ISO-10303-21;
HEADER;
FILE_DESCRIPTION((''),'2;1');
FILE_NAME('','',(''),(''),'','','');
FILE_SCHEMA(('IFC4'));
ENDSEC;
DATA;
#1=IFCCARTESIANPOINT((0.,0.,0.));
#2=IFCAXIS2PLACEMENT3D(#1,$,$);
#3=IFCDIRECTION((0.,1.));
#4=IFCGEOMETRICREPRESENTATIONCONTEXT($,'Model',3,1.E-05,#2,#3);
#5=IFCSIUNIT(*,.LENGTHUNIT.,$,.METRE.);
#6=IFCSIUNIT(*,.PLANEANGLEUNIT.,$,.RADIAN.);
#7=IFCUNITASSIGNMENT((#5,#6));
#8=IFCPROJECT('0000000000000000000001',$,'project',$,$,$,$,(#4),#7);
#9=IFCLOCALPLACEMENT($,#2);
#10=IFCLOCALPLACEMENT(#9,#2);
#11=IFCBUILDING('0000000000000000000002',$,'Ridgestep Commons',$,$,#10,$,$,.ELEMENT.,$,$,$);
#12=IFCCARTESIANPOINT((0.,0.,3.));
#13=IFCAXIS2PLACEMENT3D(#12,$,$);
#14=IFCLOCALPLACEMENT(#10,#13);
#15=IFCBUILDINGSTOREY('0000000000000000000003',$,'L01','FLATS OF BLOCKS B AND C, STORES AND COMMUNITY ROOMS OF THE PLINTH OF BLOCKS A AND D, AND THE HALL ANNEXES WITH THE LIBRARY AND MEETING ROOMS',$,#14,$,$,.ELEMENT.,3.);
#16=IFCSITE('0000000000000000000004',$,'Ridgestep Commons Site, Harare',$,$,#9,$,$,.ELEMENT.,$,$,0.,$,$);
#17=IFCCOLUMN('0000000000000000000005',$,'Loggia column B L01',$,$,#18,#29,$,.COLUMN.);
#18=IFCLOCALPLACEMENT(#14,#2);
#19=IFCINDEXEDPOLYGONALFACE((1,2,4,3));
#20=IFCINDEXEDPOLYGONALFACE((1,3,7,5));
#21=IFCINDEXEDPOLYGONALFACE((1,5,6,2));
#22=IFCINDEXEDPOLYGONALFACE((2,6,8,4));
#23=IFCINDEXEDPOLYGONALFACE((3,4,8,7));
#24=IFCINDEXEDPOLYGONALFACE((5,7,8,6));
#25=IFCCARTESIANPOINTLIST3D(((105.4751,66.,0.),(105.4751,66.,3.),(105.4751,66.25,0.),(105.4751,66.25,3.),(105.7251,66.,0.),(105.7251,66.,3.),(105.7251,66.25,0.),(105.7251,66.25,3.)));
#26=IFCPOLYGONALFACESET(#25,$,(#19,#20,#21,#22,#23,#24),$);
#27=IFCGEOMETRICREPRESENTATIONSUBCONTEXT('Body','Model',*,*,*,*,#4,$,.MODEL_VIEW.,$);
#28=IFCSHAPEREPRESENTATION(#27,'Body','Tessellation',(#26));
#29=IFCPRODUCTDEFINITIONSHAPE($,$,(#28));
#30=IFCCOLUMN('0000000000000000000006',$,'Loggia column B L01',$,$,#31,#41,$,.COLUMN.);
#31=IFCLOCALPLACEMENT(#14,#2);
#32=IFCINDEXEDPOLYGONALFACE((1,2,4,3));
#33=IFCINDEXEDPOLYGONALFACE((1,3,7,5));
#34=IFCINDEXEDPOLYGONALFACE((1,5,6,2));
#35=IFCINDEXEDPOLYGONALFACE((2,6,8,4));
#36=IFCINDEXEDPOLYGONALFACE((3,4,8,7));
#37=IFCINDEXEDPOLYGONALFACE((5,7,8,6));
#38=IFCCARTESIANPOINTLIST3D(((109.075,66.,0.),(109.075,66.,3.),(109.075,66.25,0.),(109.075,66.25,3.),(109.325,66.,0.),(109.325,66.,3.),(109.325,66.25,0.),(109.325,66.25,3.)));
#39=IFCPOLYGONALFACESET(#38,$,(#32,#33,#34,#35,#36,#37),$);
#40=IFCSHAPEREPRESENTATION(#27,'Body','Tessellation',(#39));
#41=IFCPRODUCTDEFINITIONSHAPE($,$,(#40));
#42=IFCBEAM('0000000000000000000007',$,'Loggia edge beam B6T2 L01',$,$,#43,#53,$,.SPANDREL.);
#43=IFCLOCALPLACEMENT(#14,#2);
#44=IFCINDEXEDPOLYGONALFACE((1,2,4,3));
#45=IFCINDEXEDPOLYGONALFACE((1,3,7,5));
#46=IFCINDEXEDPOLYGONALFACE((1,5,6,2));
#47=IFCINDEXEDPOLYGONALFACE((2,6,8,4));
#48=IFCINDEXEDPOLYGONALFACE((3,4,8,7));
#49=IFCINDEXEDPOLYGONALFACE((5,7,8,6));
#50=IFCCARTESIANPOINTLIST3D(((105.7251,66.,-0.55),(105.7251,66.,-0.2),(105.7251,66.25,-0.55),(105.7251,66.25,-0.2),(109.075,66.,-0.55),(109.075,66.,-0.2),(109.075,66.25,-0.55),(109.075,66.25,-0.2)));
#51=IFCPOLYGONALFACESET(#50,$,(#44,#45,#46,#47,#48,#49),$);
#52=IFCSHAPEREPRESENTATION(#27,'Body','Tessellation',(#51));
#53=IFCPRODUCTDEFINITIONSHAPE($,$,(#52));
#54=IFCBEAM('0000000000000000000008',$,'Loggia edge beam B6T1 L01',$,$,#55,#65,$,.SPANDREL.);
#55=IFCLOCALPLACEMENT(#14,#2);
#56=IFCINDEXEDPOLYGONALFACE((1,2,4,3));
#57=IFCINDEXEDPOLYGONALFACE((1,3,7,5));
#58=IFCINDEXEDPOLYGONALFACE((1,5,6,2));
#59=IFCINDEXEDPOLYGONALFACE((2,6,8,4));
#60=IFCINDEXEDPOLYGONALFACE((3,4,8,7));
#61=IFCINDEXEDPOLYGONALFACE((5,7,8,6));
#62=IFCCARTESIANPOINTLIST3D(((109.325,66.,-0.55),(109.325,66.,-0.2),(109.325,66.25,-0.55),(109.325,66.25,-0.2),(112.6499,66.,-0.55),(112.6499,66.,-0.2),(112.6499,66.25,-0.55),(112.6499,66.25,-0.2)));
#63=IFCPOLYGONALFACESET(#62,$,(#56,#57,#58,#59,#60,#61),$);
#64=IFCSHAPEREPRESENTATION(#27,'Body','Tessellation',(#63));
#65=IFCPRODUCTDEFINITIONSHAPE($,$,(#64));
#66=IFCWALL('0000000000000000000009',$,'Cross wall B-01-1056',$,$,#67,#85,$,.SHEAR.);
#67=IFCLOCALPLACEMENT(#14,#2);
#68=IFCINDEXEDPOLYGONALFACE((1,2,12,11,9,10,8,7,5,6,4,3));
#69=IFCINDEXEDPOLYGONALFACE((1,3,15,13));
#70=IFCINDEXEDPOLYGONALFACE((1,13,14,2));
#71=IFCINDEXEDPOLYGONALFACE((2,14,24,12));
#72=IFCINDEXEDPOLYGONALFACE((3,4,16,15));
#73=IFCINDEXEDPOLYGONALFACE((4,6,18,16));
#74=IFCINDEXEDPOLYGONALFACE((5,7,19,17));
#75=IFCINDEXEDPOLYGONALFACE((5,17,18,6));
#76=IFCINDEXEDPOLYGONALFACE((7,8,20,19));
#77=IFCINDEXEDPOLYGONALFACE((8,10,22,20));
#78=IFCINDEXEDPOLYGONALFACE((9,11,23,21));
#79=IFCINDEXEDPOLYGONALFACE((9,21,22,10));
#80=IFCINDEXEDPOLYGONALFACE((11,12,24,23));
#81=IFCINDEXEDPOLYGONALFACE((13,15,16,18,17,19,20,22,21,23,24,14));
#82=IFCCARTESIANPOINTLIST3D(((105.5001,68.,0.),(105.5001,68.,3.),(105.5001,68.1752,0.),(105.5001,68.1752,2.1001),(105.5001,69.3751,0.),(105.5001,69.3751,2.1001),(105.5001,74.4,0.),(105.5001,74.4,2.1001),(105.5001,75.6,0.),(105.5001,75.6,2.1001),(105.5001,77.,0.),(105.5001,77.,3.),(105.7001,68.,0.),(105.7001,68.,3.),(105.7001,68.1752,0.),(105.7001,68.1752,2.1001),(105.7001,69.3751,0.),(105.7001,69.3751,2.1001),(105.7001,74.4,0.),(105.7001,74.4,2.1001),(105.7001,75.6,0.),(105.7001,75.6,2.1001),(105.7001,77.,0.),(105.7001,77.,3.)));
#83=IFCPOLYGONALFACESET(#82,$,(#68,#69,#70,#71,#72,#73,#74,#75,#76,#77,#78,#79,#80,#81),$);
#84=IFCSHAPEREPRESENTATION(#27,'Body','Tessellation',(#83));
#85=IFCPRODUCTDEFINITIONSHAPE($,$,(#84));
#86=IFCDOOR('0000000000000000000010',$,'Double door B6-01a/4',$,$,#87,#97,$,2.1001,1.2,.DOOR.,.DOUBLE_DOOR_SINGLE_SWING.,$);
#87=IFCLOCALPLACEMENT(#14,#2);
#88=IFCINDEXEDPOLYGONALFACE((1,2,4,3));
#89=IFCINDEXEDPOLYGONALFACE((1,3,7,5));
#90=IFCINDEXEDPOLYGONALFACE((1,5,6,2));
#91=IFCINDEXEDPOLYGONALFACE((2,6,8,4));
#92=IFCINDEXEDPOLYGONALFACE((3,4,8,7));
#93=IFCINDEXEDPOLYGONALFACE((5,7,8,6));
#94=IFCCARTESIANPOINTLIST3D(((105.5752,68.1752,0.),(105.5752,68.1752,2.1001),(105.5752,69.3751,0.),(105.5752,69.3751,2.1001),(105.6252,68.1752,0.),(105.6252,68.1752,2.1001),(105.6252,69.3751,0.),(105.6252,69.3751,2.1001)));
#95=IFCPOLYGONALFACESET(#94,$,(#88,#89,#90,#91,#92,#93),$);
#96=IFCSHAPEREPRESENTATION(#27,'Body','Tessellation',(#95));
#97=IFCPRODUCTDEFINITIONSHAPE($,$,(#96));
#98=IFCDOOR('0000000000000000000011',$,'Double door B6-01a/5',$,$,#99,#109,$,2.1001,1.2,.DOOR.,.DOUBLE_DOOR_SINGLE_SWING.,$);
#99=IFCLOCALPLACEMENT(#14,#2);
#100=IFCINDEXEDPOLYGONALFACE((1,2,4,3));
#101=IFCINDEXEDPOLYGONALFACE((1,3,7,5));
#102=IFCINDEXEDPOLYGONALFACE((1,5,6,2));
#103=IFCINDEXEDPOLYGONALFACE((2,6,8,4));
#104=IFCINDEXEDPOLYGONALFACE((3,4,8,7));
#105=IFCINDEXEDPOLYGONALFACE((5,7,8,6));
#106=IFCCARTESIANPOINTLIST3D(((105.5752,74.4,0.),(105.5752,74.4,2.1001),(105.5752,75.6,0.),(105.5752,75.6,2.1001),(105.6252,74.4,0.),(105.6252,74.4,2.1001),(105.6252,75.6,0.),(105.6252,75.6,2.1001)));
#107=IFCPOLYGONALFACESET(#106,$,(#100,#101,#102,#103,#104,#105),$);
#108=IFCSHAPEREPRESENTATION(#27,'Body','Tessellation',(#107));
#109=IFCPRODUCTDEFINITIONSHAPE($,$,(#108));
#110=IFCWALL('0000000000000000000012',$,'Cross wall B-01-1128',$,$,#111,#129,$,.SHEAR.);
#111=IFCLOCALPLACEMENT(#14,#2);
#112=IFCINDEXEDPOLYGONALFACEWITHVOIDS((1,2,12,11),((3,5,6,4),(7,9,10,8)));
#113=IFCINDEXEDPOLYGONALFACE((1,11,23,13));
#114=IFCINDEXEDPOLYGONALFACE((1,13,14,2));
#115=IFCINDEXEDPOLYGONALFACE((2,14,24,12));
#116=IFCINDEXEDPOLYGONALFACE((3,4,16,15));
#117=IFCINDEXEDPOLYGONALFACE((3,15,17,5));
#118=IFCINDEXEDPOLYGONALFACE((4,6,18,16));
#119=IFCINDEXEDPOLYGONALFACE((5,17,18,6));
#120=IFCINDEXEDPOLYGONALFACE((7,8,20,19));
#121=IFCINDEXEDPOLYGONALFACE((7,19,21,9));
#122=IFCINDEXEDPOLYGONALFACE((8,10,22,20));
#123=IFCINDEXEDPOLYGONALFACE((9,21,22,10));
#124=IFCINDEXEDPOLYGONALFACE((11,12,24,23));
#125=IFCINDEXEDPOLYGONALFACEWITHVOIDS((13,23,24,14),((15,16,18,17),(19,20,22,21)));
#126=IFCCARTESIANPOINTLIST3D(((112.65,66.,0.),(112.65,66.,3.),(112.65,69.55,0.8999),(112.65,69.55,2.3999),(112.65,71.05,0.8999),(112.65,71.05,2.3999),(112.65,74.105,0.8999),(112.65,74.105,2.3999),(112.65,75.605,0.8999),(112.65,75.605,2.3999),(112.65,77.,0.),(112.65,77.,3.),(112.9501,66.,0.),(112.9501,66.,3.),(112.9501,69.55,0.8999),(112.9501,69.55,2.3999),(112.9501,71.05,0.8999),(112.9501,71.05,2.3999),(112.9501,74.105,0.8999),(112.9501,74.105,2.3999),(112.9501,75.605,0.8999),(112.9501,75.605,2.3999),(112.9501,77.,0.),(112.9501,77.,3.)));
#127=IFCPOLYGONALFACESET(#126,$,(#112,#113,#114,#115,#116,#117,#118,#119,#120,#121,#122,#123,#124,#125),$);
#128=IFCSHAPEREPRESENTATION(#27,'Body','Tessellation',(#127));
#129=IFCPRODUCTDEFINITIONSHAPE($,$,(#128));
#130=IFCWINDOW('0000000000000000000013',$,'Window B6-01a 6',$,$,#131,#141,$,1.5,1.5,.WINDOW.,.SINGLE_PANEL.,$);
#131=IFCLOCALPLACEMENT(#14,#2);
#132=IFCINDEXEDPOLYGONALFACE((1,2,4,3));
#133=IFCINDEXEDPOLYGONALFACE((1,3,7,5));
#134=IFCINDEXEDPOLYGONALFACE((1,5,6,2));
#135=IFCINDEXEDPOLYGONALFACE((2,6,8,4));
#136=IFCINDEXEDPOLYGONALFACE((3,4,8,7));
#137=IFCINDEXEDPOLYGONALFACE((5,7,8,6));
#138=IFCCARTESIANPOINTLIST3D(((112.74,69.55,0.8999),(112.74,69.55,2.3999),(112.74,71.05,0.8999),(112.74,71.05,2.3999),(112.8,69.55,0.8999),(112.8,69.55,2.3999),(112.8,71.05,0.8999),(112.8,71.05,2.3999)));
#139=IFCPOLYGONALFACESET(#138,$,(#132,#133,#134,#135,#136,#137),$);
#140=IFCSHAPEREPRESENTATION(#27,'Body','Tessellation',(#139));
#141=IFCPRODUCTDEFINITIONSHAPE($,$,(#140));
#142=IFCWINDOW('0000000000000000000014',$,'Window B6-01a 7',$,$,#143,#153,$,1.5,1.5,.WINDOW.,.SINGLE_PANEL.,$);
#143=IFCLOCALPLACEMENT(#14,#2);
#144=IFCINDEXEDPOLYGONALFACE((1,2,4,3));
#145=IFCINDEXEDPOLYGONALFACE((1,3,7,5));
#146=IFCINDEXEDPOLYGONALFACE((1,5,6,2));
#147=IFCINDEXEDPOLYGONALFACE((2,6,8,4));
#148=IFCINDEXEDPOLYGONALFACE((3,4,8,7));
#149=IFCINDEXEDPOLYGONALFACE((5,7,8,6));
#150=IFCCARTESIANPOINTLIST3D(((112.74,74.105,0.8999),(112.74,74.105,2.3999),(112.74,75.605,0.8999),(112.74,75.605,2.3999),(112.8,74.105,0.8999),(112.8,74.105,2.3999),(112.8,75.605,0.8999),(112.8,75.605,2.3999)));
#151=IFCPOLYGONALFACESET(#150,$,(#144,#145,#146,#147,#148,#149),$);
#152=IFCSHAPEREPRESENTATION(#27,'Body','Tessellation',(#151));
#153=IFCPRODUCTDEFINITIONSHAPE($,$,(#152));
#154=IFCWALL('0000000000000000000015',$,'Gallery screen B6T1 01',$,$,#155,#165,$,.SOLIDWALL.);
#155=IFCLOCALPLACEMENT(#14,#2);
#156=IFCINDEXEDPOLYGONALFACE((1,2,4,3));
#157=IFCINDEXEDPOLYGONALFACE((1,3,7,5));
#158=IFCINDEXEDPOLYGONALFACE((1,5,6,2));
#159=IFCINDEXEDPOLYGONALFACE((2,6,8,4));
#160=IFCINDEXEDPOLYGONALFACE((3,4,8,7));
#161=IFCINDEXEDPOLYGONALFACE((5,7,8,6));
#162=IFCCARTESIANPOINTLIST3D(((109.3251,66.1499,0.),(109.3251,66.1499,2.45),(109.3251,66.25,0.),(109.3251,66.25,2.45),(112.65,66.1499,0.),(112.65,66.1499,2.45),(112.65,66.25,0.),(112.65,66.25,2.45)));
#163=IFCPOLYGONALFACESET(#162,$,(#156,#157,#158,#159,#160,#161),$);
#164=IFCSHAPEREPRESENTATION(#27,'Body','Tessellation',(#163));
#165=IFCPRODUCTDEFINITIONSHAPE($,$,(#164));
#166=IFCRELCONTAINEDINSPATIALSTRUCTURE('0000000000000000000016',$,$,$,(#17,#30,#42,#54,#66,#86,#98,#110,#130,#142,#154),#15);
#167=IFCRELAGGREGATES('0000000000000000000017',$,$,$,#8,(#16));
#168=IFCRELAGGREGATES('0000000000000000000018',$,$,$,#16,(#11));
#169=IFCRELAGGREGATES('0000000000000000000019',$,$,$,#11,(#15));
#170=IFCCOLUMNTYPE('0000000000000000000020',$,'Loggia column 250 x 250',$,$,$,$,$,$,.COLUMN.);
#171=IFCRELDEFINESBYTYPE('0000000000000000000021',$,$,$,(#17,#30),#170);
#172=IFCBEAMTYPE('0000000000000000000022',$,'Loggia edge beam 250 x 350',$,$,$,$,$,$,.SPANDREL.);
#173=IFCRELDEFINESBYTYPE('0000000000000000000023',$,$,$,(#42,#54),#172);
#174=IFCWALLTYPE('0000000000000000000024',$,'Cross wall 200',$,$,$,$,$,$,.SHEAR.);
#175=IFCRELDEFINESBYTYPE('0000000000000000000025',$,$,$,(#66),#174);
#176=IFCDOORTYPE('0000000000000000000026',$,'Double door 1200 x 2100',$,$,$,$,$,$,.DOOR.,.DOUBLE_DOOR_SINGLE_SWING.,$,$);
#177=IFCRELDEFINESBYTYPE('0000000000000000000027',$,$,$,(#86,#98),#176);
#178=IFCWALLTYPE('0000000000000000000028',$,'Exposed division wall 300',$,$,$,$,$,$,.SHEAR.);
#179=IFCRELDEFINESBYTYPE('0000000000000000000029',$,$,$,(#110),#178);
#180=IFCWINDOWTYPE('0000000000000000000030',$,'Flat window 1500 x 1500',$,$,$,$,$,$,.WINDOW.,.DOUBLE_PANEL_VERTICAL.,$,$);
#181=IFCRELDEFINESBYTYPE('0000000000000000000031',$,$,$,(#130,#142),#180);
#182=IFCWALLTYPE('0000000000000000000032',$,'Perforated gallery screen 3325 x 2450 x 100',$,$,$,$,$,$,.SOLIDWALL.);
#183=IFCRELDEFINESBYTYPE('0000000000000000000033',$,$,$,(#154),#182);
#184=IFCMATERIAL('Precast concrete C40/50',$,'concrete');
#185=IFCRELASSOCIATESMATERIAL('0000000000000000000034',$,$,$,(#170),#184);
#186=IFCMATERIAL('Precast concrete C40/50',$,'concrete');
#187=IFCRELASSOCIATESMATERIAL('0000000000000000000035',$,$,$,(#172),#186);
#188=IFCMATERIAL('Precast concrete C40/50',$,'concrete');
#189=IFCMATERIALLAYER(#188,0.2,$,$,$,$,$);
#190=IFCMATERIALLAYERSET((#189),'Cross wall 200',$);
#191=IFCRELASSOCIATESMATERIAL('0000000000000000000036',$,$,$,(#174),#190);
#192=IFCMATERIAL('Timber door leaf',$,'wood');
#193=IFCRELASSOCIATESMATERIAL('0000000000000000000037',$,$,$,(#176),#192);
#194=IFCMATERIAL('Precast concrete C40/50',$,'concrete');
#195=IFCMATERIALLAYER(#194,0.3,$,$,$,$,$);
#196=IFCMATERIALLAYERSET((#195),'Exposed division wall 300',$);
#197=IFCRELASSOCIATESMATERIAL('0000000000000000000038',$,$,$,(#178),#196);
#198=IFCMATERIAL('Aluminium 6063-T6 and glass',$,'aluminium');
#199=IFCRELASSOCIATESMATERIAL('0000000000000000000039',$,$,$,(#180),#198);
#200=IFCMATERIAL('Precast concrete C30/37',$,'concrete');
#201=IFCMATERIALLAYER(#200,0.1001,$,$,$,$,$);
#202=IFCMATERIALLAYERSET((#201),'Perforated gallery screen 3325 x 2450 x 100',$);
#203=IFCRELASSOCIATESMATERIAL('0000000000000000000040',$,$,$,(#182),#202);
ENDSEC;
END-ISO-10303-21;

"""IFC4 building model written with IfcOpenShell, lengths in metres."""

from ifc_helpers import new_model, si_unit, direction, frame, frame_2d, origin, origin_2d, place, context, subcontext, project, spatial, rectangle, extrude, material, layer, layer_set, material_profile, profile_set, type_object, element, fill, save


model = new_model("IFC4")

# Units and contexts
model_context = context("Model", 3, precision=1e-05, world=origin(), true_north=direction((0.0, 1.0)))
body_context = subcontext(model_context, "Body", "Model", "MODEL_VIEW")
ifc_project = project(units=[si_unit("LENGTHUNIT", "METRE"), si_unit("PLANEANGLEUNIT", "RADIAN")], contexts=[model_context])

# Site, building, storey
site_placement = place(None, origin())
site = spatial("IfcSite", under=ifc_project, at=site_placement, Name="Ridgestep Commons Site, Harare", CompositionType="ELEMENT", RefElevation=0.0)
building_placement = place(site_placement, origin())
building = spatial("IfcBuilding", under=site, at=building_placement, Name="Ridgestep Commons", CompositionType="ELEMENT")
storey_placement = place(building_placement, frame((0.0, 0.0, 3.0)))
storey = spatial("IfcBuildingStorey", under=building, at=storey_placement, Name="L01", Description="FLATS OF BLOCKS B AND C, STORES AND COMMUNITY ROOMS OF THE PLINTH OF BLOCKS A AND D, AND THE HALL ANNEXES WITH THE LIBRARY AND MEETING ROOMS", CompositionType="ELEMENT", Elevation=3.0)

# Columns
ifc_material_1 = material(Name="Precast concrete C40/50", Category="concrete")
ifc_material_profile_1 = material_profile(ifc_material_1, rectangle(XDim=0.25, YDim=0.25, at=origin_2d()), Name="PC 250x250")
ifc_profile_set_1 = profile_set([ifc_material_profile_1], Name="Precast concrete C40/50")
column_type = type_object("IfcColumnType", Name="Loggia column 250 x 250", PredefinedType="COLUMN", material=ifc_profile_set_1)
for number, where, z_axis, x_axis, name in (
    (1, (105.6001, 66.125, 0.0), (0.0, 0.0, 1.0), (1.0, 0.0, 0.0), "Loggia column B L01"),
    (2, (109.2, 66.125, 0.0), (0.0, 0.0, 1.0), (1.0, 0.0, 0.0), "Loggia column B L01"),
):
    element("IfcColumn", number, at=place(storey_placement, frame(where, z_axis=z_axis, x_axis=x_axis)), inside=storey, type_object=column_type, Name=name, PredefinedType="COLUMN", context=body_context, shape_type="SweptSolid", body=[
        extrude(rectangle(XDim=0.25, YDim=0.25, at=origin_2d()), origin(), (0.0, 0.0, 1.0), 3.0),
    ])

# Beams
ifc_material_2 = material(Name="Precast concrete C40/50", Category="concrete")
ifc_material_profile_2 = material_profile(ifc_material_2, rectangle(XDim=0.25, YDim=0.3501, at=origin_2d()), Name="PC 250x350")
ifc_profile_set_2 = profile_set([ifc_material_profile_2], Name="Precast concrete C40/50")
beam_type = type_object("IfcBeamType", Name="Loggia edge beam 250 x 350", PredefinedType="SPANDREL", material=ifc_profile_set_2)
beam_1_placement = place(storey_placement, frame((105.7251, 66.125, -0.375), z_axis=(1.0, 0.0, 0.0), x_axis=(0.0, 1.0, 0.0)))
element("IfcBeam", 3, at=beam_1_placement, inside=storey, type_object=beam_type, Name="Loggia edge beam B6T2 L01", PredefinedType="SPANDREL", context=body_context, shape_type="SweptSolid", body=[
    extrude(rectangle(XDim=0.25, YDim=0.3501, at=origin_2d()), origin(), (0.0, 0.0, 1.0), 3.3499),
])
beam_2_placement = place(storey_placement, frame((109.325, 66.125, -0.375), z_axis=(1.0, 0.0, 0.0), x_axis=(0.0, 1.0, 0.0)))
element("IfcBeam", 4, at=beam_2_placement, inside=storey, type_object=beam_type, Name="Loggia edge beam B6T1 L01", PredefinedType="SPANDREL", context=body_context, shape_type="SweptSolid", body=[
    extrude(rectangle(XDim=0.25, YDim=0.3501, at=origin_2d()), origin(), (0.0, 0.0, 1.0), 3.325),
])

# Wall, openings, doors
ifc_material_3 = material(Name="Precast concrete C40/50", Category="concrete")
ifc_layer_1 = layer(ifc_material_3, 0.2)
ifc_layer_set_1 = layer_set([ifc_layer_1], Name="Cross wall 200")
wall_type_1 = type_object("IfcWallType", Name="Cross wall 200", PredefinedType="SHEAR", material=ifc_layer_set_1)
wall_1_placement = place(storey_placement, frame((105.6001, 68.0, 0.0), z_axis=(0.0, 0.0, 1.0), x_axis=(0.0, 1.0, 0.0)))
wall_1 = element("IfcWall", 5, at=wall_1_placement, inside=storey, type_object=wall_type_1, Name="Cross wall B-01-1056", PredefinedType="SHEAR", context=body_context, shape_type="SweptSolid", body=[
    extrude(rectangle(XDim=9.0, YDim=0.2, at=frame_2d((4.5, 0.0))), origin(), (0.0, 0.0, 1.0), 3.0),
])
opening_1_placement = place(wall_1_placement, frame((0.175, 0.0, 0.0)))
opening_1 = element("IfcOpeningElement", 6, at=opening_1_placement, cuts=wall_1, PredefinedType="OPENING", context=body_context, shape_type="SweptSolid", body=[
    extrude(rectangle(XDim=1.2, YDim=2.1001, at=frame_2d((0.6001, 1.05))), frame((0.0, 0.1099, 0.0), z_axis=(0.0, -1.0, 0.0), x_axis=(1.0, 0.0, 0.0)), (0.0, 0.0, 1.0), 0.22),
])
opening_2_placement = place(wall_1_placement, frame((6.3999, 0.0, 0.0)))
opening_2 = element("IfcOpeningElement", 7, at=opening_2_placement, cuts=wall_1, PredefinedType="OPENING", context=body_context, shape_type="SweptSolid", body=[
    extrude(rectangle(XDim=1.2, YDim=2.1001, at=frame_2d((0.6001, 1.05))), frame((0.0, 0.1099, 0.0), z_axis=(0.0, -1.0, 0.0), x_axis=(1.0, 0.0, 0.0)), (0.0, 0.0, 1.0), 0.22),
])
ifc_material_4 = material(Name="Timber door leaf", Category="wood")
door_type_1 = type_object("IfcDoorType", Name="Double door 1200 x 2100", OperationType="DOUBLE_DOOR_SINGLE_SWING", PredefinedType="DOOR", material=ifc_material_4)
door_1_placement = place(opening_1_placement, origin())
door_1 = element("IfcDoor", 8, at=door_1_placement, inside=storey, type_object=door_type_1, Name="Double door B6-01a/4", OperationType="DOUBLE_DOOR_SINGLE_SWING", OverallHeight=2.1001, OverallWidth=1.2, PredefinedType="DOOR", context=body_context, shape_type="SweptSolid", body=[
    extrude(rectangle(XDim=1.2, YDim=2.1001, at=frame_2d((0.6001, 1.05))), frame((0.0, 0.0249, 0.0), z_axis=(0.0, -1.0, 0.0), x_axis=(1.0, 0.0, 0.0)), (0.0, 0.0, 1.0), 0.05),
])
fill(opening_1, door_1)
door_2_placement = place(opening_2_placement, origin())
door_2 = element("IfcDoor", 9, at=door_2_placement, inside=storey, type_object=door_type_1, Name="Double door B6-01a/5", OperationType="DOUBLE_DOOR_SINGLE_SWING", OverallHeight=2.1001, OverallWidth=1.2, PredefinedType="DOOR", context=body_context, shape_type="SweptSolid", body=[
    extrude(rectangle(XDim=1.2, YDim=2.1001, at=frame_2d((0.6001, 1.05))), frame((0.0, 0.0249, 0.0), z_axis=(0.0, -1.0, 0.0), x_axis=(1.0, 0.0, 0.0)), (0.0, 0.0, 1.0), 0.05),
])
fill(opening_2, door_2)

# Wall, openings, windows
ifc_material_5 = material(Name="Precast concrete C40/50", Category="concrete")
ifc_layer_2 = layer(ifc_material_5, 0.3)
ifc_layer_set_2 = layer_set([ifc_layer_2], Name="Exposed division wall 300")
wall_type_2 = type_object("IfcWallType", Name="Exposed division wall 300", PredefinedType="SHEAR", material=ifc_layer_set_2)
wall_2_placement = place(storey_placement, frame((112.8, 66.0, 0.0), z_axis=(0.0, 0.0, 1.0), x_axis=(0.0, 1.0, 0.0)))
wall_2 = element("IfcWall", 10, at=wall_2_placement, inside=storey, type_object=wall_type_2, Name="Cross wall B-01-1128", PredefinedType="SHEAR", context=body_context, shape_type="SweptSolid", body=[
    extrude(rectangle(XDim=11.0, YDim=0.3, at=frame_2d((5.5, 0.0))), origin(), (0.0, 0.0, 1.0), 3.0),
])
opening_3_placement = place(wall_2_placement, frame((3.55, 0.0, 0.8999)))
opening_3 = element("IfcOpeningElement", 11, at=opening_3_placement, cuts=wall_2, PredefinedType="OPENING", context=body_context, shape_type="SweptSolid", body=[
    extrude(rectangle(XDim=1.5, YDim=1.5, at=frame_2d((0.75, 0.75))), frame((0.0, 0.1599, 0.0), z_axis=(0.0, -1.0, 0.0), x_axis=(1.0, 0.0, 0.0)), (0.0, 0.0, 1.0), 0.3201),
])
opening_4_placement = place(wall_2_placement, frame((8.105, 0.0, 0.8999)))
opening_4 = element("IfcOpeningElement", 12, at=opening_4_placement, cuts=wall_2, PredefinedType="OPENING", context=body_context, shape_type="SweptSolid", body=[
    extrude(rectangle(XDim=1.5, YDim=1.5, at=frame_2d((0.75, 0.75))), frame((0.0, 0.1599, 0.0), z_axis=(0.0, -1.0, 0.0), x_axis=(1.0, 0.0, 0.0)), (0.0, 0.0, 1.0), 0.3201),
])
ifc_material_6 = material(Name="Aluminium 6063-T6 and glass", Category="aluminium")
window_type_1 = type_object("IfcWindowType", Name="Flat window 1500 x 1500", PartitioningType="DOUBLE_PANEL_VERTICAL", PredefinedType="WINDOW", material=ifc_material_6)
window_1_placement = place(opening_3_placement, origin())
window_1 = element("IfcWindow", 13, at=window_1_placement, inside=storey, type_object=window_type_1, Name="Window B6-01a 6", OverallHeight=1.5, OverallWidth=1.5, PartitioningType="SINGLE_PANEL", PredefinedType="WINDOW", context=body_context, shape_type="SweptSolid", body=[
    extrude(rectangle(XDim=1.5, YDim=1.5, at=frame_2d((0.75, 0.75))), frame((0.0, 0.0601, 0.0), z_axis=(0.0, -1.0, 0.0), x_axis=(1.0, 0.0, 0.0)), (0.0, 0.0, 1.0), 0.0601),
])
fill(opening_3, window_1)
window_2_placement = place(opening_4_placement, origin())
window_2 = element("IfcWindow", 14, at=window_2_placement, inside=storey, type_object=window_type_1, Name="Window B6-01a 7", OverallHeight=1.5, OverallWidth=1.5, PartitioningType="SINGLE_PANEL", PredefinedType="WINDOW", context=body_context, shape_type="SweptSolid", body=[
    extrude(rectangle(XDim=1.5, YDim=1.5, at=frame_2d((0.75, 0.75))), frame((0.0, 0.0601, 0.0), z_axis=(0.0, -1.0, 0.0), x_axis=(1.0, 0.0, 0.0)), (0.0, 0.0, 1.0), 0.0601),
])
fill(opening_4, window_2)

# Wall
ifc_material_7 = material(Name="Precast concrete C30/37", Category="concrete")
ifc_layer_3 = layer(ifc_material_7, 0.1001)
ifc_layer_set_3 = layer_set([ifc_layer_3], Name="Perforated gallery screen 3325 x 2450 x 100")
wall_type_3 = type_object("IfcWallType", Name="Perforated gallery screen 3325 x 2450 x 100", PredefinedType="SOLIDWALL", material=ifc_layer_set_3)
wall_3_placement = place(storey_placement, frame((109.325, 66.2, 0.0), z_axis=(0.0, 0.0, 1.0), x_axis=(1.0, 0.0, 0.0)))
element("IfcWall", 15, at=wall_3_placement, inside=storey, type_object=wall_type_3, Name="Gallery screen B6T1 01", PredefinedType="SOLIDWALL", context=body_context, shape_type="SweptSolid", body=[
    extrude(rectangle(XDim=3.325, YDim=0.1001, at=frame_2d((1.6626, 0.0))), origin(), (0.0, 0.0, 1.0), 2.45),
])

save(model, "model.ifc")
